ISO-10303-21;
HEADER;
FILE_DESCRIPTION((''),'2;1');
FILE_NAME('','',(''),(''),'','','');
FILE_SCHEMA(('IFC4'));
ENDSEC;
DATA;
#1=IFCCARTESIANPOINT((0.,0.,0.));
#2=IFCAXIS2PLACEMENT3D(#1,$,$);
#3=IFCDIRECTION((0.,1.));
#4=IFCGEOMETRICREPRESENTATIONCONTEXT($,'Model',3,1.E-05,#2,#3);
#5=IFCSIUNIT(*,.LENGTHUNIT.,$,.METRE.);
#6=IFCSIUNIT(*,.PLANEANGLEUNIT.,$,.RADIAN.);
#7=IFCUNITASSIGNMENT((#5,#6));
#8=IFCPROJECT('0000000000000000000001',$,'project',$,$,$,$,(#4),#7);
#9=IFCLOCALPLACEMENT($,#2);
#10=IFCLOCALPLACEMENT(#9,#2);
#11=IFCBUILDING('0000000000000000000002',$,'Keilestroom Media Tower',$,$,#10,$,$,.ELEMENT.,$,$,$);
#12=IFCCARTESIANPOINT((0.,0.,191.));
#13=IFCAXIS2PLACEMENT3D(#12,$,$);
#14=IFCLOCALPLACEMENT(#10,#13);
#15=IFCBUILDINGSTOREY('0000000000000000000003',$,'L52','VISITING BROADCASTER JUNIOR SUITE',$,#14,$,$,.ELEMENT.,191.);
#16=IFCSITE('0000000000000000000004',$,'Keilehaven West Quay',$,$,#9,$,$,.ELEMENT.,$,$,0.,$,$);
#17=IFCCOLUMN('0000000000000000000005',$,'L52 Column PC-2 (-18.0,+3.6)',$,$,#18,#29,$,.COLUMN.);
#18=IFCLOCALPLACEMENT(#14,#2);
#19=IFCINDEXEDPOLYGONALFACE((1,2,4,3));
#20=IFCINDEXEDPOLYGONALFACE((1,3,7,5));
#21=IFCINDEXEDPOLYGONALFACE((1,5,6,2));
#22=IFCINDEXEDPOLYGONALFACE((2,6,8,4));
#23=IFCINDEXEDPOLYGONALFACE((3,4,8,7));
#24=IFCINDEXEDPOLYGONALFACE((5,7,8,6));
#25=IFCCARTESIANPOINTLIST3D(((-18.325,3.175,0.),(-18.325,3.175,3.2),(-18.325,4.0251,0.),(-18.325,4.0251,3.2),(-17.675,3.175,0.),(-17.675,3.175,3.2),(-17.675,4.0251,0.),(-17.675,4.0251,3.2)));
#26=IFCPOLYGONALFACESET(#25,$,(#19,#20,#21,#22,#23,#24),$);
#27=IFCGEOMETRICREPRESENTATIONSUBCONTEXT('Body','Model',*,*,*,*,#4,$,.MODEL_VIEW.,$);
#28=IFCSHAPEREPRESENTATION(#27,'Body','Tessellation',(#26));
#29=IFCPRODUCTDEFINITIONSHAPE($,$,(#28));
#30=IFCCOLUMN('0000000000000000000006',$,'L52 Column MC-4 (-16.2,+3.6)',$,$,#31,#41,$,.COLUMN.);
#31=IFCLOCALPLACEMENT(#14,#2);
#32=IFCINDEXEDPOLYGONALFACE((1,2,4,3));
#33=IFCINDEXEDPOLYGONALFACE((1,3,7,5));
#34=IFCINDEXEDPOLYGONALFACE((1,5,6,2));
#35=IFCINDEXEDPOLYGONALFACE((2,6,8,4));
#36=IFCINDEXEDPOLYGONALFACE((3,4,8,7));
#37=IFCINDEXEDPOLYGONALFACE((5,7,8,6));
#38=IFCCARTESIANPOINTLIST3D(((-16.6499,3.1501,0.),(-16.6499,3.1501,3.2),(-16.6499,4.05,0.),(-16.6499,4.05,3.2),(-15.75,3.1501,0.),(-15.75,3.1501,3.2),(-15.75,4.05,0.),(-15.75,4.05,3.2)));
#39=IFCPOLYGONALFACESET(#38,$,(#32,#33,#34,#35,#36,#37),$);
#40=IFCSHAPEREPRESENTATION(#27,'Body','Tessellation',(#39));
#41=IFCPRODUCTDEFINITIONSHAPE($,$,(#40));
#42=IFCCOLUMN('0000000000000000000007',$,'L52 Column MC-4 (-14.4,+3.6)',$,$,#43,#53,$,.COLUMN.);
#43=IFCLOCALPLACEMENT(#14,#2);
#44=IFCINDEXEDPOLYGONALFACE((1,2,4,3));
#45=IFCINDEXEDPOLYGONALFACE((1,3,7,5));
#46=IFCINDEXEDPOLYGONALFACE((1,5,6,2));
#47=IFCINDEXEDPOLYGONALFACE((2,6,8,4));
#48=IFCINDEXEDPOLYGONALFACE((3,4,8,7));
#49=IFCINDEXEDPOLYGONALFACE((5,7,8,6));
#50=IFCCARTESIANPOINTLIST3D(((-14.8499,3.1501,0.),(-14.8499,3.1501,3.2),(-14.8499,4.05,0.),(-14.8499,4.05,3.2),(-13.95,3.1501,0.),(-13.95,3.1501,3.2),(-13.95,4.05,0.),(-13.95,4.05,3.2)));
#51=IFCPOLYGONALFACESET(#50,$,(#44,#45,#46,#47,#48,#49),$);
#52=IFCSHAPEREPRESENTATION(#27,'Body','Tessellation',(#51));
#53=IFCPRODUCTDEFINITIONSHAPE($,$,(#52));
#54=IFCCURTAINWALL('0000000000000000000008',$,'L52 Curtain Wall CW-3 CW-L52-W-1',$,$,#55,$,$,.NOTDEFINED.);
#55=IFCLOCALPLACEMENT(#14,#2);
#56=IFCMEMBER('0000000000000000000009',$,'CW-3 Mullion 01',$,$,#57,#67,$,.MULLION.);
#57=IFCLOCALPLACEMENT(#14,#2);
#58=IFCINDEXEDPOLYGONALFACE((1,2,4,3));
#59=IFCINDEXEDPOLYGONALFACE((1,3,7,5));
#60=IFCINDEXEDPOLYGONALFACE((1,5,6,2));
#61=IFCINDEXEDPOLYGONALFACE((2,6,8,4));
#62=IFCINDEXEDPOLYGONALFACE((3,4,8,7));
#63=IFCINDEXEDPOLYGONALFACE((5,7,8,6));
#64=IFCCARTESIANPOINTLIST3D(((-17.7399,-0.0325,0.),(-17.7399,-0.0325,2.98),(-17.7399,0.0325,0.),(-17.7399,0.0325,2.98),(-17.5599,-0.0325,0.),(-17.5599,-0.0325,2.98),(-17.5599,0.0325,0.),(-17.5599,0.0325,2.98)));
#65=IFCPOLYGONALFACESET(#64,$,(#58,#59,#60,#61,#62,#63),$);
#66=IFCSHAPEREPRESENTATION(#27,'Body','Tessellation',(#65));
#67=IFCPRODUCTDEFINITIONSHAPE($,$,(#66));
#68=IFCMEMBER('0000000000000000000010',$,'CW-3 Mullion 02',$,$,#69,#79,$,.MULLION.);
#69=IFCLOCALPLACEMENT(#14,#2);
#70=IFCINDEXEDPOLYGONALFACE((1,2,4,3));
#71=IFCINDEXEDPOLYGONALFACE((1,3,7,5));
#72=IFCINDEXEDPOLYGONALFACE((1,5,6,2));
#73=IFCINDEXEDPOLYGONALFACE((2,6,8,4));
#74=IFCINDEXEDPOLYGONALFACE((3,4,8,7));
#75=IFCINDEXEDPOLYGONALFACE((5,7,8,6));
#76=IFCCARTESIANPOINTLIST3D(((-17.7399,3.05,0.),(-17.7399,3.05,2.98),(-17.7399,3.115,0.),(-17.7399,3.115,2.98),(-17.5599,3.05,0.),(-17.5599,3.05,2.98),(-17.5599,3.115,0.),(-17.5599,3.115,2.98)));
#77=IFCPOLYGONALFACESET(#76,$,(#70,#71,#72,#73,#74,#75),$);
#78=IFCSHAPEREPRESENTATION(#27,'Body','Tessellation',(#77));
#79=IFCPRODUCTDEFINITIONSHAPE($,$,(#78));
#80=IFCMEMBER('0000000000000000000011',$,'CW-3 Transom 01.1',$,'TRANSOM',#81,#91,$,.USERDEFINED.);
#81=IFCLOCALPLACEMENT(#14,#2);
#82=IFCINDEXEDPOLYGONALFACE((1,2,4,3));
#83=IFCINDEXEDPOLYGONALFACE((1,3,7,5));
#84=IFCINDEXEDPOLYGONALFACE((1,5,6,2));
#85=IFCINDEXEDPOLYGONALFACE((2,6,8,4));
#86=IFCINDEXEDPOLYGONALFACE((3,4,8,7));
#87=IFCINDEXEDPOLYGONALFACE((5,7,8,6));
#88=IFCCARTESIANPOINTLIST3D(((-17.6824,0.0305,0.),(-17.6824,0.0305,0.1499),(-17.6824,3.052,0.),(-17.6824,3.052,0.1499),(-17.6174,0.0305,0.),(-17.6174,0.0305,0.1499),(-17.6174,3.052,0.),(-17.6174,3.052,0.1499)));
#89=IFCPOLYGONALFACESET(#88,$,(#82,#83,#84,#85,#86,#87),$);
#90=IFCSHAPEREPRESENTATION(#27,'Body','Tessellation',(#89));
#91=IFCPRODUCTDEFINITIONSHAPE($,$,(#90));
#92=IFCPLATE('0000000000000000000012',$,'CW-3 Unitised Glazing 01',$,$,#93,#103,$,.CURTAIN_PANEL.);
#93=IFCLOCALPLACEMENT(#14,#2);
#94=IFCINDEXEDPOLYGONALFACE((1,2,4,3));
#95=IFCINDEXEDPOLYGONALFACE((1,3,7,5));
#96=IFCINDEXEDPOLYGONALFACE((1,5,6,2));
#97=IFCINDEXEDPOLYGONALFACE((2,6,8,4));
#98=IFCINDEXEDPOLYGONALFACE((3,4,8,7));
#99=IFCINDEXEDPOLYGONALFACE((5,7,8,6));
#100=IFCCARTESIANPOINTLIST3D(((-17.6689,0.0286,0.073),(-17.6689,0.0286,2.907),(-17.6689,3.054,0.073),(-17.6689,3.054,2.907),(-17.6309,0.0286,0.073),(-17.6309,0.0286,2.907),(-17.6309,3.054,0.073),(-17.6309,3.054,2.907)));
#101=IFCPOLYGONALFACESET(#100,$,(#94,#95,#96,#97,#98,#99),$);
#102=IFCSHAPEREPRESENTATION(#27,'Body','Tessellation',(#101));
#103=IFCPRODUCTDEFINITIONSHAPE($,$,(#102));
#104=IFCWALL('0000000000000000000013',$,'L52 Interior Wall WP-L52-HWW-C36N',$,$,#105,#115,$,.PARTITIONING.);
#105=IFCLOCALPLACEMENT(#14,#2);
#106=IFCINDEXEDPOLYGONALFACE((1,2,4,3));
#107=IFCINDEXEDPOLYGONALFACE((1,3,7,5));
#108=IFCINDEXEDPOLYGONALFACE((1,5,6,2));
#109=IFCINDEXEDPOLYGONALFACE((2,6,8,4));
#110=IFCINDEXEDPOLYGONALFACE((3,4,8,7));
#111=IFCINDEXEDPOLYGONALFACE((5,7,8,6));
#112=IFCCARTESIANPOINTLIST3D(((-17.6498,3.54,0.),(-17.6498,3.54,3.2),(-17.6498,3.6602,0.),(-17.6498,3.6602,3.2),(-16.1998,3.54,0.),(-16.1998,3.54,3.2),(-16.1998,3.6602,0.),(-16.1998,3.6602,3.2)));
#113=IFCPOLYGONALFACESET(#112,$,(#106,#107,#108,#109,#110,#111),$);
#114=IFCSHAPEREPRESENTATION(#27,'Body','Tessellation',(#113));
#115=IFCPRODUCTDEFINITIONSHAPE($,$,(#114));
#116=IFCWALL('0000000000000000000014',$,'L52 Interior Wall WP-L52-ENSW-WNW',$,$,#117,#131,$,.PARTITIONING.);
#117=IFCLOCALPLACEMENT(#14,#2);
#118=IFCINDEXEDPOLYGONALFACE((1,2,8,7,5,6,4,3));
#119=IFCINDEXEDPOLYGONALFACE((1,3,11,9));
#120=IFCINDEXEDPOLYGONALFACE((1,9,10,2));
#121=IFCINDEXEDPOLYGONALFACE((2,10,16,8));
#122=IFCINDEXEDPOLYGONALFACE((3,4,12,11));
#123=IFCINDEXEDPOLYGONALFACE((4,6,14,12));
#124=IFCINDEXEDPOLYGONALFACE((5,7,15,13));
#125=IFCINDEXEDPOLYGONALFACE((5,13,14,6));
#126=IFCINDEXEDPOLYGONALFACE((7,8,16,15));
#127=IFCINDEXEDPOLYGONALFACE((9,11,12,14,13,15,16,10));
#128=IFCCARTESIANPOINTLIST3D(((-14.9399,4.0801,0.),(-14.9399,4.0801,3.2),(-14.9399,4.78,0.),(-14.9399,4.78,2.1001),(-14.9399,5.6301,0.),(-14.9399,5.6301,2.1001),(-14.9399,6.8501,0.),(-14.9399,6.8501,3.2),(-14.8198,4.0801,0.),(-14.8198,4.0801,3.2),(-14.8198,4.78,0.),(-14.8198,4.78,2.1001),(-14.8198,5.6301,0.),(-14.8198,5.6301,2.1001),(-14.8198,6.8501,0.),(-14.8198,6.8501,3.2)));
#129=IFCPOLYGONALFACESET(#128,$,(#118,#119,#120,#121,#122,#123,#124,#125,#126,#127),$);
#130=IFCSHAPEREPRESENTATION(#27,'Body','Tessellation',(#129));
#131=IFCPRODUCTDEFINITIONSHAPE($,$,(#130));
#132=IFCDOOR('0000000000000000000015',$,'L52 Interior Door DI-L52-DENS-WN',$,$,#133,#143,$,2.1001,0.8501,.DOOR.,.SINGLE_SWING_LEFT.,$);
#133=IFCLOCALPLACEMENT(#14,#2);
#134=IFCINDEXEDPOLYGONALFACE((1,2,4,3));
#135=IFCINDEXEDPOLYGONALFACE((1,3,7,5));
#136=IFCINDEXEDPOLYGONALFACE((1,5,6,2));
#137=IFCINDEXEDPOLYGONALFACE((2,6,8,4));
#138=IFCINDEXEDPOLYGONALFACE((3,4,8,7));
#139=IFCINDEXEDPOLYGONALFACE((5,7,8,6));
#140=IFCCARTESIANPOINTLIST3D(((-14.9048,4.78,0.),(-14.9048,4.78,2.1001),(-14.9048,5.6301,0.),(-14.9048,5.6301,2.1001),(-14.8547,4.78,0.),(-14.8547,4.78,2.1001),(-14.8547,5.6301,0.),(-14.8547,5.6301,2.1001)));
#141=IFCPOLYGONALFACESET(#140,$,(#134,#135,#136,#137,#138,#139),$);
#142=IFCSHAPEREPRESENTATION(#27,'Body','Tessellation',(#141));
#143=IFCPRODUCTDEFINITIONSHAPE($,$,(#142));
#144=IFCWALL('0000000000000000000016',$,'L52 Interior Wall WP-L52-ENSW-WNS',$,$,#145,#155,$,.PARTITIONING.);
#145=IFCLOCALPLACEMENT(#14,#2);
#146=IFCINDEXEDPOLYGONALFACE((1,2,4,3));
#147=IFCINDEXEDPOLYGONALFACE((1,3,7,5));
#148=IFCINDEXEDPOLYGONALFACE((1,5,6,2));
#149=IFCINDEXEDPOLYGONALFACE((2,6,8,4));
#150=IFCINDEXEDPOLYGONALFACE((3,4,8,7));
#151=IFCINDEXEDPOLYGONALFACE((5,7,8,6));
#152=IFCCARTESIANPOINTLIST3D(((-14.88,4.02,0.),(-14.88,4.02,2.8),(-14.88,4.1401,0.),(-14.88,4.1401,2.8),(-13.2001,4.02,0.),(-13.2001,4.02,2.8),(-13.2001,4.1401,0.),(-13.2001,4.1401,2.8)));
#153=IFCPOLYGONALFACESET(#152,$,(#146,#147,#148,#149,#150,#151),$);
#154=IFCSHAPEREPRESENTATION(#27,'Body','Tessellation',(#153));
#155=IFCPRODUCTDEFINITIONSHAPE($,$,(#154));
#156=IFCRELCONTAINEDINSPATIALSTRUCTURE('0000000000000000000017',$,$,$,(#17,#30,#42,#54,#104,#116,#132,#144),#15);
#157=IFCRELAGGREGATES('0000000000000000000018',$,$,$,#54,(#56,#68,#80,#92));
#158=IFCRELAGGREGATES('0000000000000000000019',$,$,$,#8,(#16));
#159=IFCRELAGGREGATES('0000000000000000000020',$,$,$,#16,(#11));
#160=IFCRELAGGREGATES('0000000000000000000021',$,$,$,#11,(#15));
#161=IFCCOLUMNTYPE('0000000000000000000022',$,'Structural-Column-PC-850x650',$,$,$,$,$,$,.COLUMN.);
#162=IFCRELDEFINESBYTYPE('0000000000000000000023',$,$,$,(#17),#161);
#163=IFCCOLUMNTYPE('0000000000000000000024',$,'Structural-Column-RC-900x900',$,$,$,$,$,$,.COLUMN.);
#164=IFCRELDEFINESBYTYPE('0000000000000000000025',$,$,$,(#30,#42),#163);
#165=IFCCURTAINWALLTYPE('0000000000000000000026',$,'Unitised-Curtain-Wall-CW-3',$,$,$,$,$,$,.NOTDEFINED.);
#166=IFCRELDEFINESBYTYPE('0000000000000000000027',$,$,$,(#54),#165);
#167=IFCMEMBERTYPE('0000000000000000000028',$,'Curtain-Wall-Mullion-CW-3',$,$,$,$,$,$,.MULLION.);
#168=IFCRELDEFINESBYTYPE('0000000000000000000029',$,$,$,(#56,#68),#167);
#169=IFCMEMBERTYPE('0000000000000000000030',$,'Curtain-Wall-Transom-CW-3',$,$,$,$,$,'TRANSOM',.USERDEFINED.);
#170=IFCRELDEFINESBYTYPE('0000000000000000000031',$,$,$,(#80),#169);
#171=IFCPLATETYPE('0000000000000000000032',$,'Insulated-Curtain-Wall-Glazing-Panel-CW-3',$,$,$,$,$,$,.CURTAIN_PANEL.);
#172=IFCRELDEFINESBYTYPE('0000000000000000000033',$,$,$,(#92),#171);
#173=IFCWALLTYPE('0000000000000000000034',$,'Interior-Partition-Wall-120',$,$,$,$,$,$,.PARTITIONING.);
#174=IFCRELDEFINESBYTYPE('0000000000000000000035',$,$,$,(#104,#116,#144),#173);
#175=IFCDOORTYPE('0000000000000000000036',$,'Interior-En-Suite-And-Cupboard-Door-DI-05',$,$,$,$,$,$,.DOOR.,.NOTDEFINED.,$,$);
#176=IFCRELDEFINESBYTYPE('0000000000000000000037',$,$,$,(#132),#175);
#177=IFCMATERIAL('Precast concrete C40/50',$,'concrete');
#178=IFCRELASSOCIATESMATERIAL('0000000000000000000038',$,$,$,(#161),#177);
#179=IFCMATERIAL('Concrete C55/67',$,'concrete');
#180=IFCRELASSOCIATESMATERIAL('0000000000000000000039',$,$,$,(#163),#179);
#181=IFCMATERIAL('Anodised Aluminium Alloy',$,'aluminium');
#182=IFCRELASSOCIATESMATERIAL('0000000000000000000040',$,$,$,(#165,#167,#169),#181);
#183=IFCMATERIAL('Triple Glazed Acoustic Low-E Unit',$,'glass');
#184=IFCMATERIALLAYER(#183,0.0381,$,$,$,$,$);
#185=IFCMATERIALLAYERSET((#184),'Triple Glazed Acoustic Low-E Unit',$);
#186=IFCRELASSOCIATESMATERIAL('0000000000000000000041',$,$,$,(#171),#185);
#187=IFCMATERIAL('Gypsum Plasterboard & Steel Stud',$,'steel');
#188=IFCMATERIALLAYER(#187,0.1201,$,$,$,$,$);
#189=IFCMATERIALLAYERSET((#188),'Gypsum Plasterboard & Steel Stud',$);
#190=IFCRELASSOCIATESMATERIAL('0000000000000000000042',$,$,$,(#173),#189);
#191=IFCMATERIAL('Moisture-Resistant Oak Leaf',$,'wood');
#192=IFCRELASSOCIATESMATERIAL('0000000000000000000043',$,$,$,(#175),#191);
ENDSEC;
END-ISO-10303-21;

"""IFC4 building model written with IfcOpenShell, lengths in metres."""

from ifc_helpers import new_model, si_unit, direction, frame, frame_2d, origin, origin_2d, place, context, subcontext, project, spatial, rectangle, extrude, source, transform, mapped, material, layer, layer_set, material_profile, profile_set, type_object, element, fill, aggregate, save


model = new_model("IFC4")

# Units and contexts
model_context = context("Model", 3, precision=1e-05, world=origin(), true_north=direction((0.0, 1.0)))
body_context = subcontext(model_context, "Body", "Model", "MODEL_VIEW")
ifc_project = project(units=[si_unit("LENGTHUNIT", "METRE"), si_unit("PLANEANGLEUNIT", "RADIAN")], contexts=[model_context])

# Site, building, storey
site_placement = place(None, origin())
site = spatial("IfcSite", under=ifc_project, at=site_placement, Name="Keilehaven West Quay", CompositionType="ELEMENT", RefElevation=0.0)
building_placement = place(site_placement, origin())
building = spatial("IfcBuilding", under=site, at=building_placement, Name="Keilestroom Media Tower", CompositionType="ELEMENT")
storey_placement = place(building_placement, frame((0.0, 0.0, 191.0)))
storey = spatial("IfcBuildingStorey", under=building, at=storey_placement, Name="L52", Description="VISITING BROADCASTER JUNIOR SUITE", CompositionType="ELEMENT", Elevation=191.0)

# Columns
ifc_material_1 = material(Name="Precast concrete C40/50", Category="concrete")
ifc_material_profile_1 = material_profile(ifc_material_1, rectangle(XDim=0.6499, YDim=0.8501, at=origin_2d()), Name="PC 850x650")
ifc_profile_set_1 = profile_set([ifc_material_profile_1], Name="Precast concrete C40/50")
column_type_1 = type_object("IfcColumnType", Name="Structural-Column-PC-850x650", PredefinedType="COLUMN", material=ifc_profile_set_1)
shared_shape_1 = source(origin(), body_context, "Body", "SweptSolid", [
    extrude(rectangle(XDim=0.6499, YDim=0.8501, at=origin_2d()), origin(), (0.0, 0.0, 1.0), 3.2),
])
column_placement = place(storey_placement, frame((-18.0, 3.6001, 0.0), z_axis=(0.0, 0.0, 1.0), x_axis=(1.0, 0.0, 0.0)))
element("IfcColumn", 1, at=column_placement, inside=storey, type_object=column_type_1, Name="L52 Column PC-2 (-18.0,+3.6)", PredefinedType="COLUMN", context=body_context, shape_type="MappedRepresentation", body=[
    mapped(shared_shape_1, transform((0.0, 0.0, 0.0), x_axis=(1.0, 0.0, 0.0), y_axis=(0.0, 1.0, 0.0), z_axis=(0.0, 0.0, 1.0), scale=1.0)),
])
ifc_material_2 = material(Name="Concrete C55/67", Category="concrete")
ifc_material_profile_2 = material_profile(ifc_material_2, rectangle(XDim=0.8999, YDim=0.8999, at=origin_2d()), Name="RC 900x900")
ifc_profile_set_2 = profile_set([ifc_material_profile_2], Name="Concrete C55/67")
column_type_2 = type_object("IfcColumnType", Name="Structural-Column-RC-900x900", PredefinedType="COLUMN", material=ifc_profile_set_2)
shared_shape_2 = source(origin(), body_context, "Body", "SweptSolid", [
    extrude(rectangle(XDim=0.8999, YDim=0.8999, at=origin_2d()), origin(), (0.0, 0.0, 1.0), 3.2),
])
for number, where, z_axis, x_axis, name in (
    (2, (-16.2, 3.6001, 0.0), (0.0, 0.0, 1.0), (1.0, 0.0, 0.0), "L52 Column MC-4 (-16.2,+3.6)"),
    (3, (-14.3999, 3.6001, 0.0), (0.0, 0.0, 1.0), (1.0, 0.0, 0.0), "L52 Column MC-4 (-14.4,+3.6)"),
):
    element("IfcColumn", number, at=place(storey_placement, frame(where, z_axis=z_axis, x_axis=x_axis)), inside=storey, type_object=column_type_2, Name=name, PredefinedType="COLUMN", context=body_context, shape_type="MappedRepresentation", body=[
        mapped(shared_shape_2, transform((0.0, 0.0, 0.0), x_axis=(1.0, 0.0, 0.0), y_axis=(0.0, 1.0, 0.0), z_axis=(0.0, 0.0, 1.0), scale=1.0)),
    ])

# Curtain wall, members, plate
ifc_material_3 = material(Name="Anodised Aluminium Alloy", Category="aluminium")
curtain_wall_type = type_object("IfcCurtainWallType", Name="Unitised-Curtain-Wall-CW-3", PredefinedType="NOTDEFINED", material=ifc_material_3)
curtain_wall_placement = place(storey_placement, origin())
curtain_wall = element("IfcCurtainWall", 4, at=curtain_wall_placement, inside=storey, type_object=curtain_wall_type, Name="L52 Curtain Wall CW-3 CW-L52-W-1", PredefinedType="NOTDEFINED")
ifc_material_profile_3 = material_profile(ifc_material_3, rectangle(XDim=0.0649, YDim=0.1799, at=origin_2d()), Name="ALU MULLION 65x180")
ifc_profile_set_3 = profile_set([ifc_material_profile_3], Name="Anodised Aluminium Alloy")
member_type_1 = type_object("IfcMemberType", Name="Curtain-Wall-Mullion-CW-3", PredefinedType="MULLION", material=ifc_profile_set_3)
shared_shape_3 = source(origin(), body_context, "Body", "SweptSolid", [
    extrude(rectangle(XDim=0.0649, YDim=0.1799, at=origin_2d()), origin(), (0.0, 0.0, 1.0), 2.98),
])
member_1_placement = place(storey_placement, frame((-17.6499, 0.0, 0.0), z_axis=(0.0, 0.0, 1.0), x_axis=(0.0, 1.0, 0.0)))
member_1 = element("IfcMember", 5, at=member_1_placement, type_object=member_type_1, Name="CW-3 Mullion 01", PredefinedType="MULLION", context=body_context, shape_type="MappedRepresentation", body=[
    mapped(shared_shape_3, transform((0.0, 0.0, 0.0), x_axis=(1.0, 0.0, 0.0), y_axis=(0.0, 1.0, 0.0), z_axis=(0.0, 0.0, 1.0), scale=1.0)),
])
member_2_placement = place(storey_placement, frame((-17.6499, 3.0825, 0.0), z_axis=(0.0, 0.0, 1.0), x_axis=(0.0, 1.0, 0.0)))
member_2 = element("IfcMember", 6, at=member_2_placement, type_object=member_type_1, Name="CW-3 Mullion 02", PredefinedType="MULLION", context=body_context, shape_type="MappedRepresentation", body=[
    mapped(shared_shape_3, transform((0.0, 0.0, 0.0), x_axis=(1.0, 0.0, 0.0), y_axis=(0.0, 1.0, 0.0), z_axis=(0.0, 0.0, 1.0), scale=1.0)),
])
ifc_material_profile_4 = material_profile(ifc_material_3, rectangle(XDim=0.0649, YDim=0.1499, at=origin_2d()), Name="ALU TRANSOM 65x150")
ifc_profile_set_4 = profile_set([ifc_material_profile_4], Name="Anodised Aluminium Alloy")
member_type_2 = type_object("IfcMemberType", Name="Curtain-Wall-Transom-CW-3", ElementType="TRANSOM", PredefinedType="USERDEFINED", material=ifc_profile_set_4)
shared_shape_4 = source(origin(), body_context, "Body", "SweptSolid", [
    extrude(rectangle(XDim=0.0649, YDim=0.1499, at=origin_2d()), origin(), (0.0, 0.0, 1.0), 3.0215),
])
member_3_placement = place(storey_placement, frame((-17.6499, 0.0305, 0.075), z_axis=(0.0, 1.0, 0.0), x_axis=(-1.0, 0.0, 0.0)))
member_3 = element("IfcMember", 7, at=member_3_placement, type_object=member_type_2, Name="CW-3 Transom 01.1", ObjectType="TRANSOM", PredefinedType="USERDEFINED", context=body_context, shape_type="MappedRepresentation", body=[
    mapped(shared_shape_4, transform((0.0, 0.0, 0.0), x_axis=(1.0, 0.0, 0.0), y_axis=(0.0, 1.0, 0.0), z_axis=(0.0, 0.0, 1.0), scale=1.0)),
])
ifc_material_4 = material(Name="Triple Glazed Acoustic Low-E Unit", Category="glass")
ifc_layer_1 = layer(ifc_material_4, 0.0381)
ifc_layer_set_1 = layer_set([ifc_layer_1], Name="Triple Glazed Acoustic Low-E Unit")
plate_type = type_object("IfcPlateType", Name="Insulated-Curtain-Wall-Glazing-Panel-CW-3", PredefinedType="CURTAIN_PANEL", material=ifc_layer_set_1)
shared_shape_5 = source(origin(), body_context, "Body", "SweptSolid", [
    extrude(rectangle(XDim=3.0254, YDim=0.0381, at=origin_2d()), origin(), (0.0, 0.0, 1.0), 2.834),
])
plate_placement = place(storey_placement, frame((-17.6499, 1.5413, 0.073), z_axis=(0.0, 0.0, 1.0), x_axis=(0.0, 1.0, 0.0)))
plate = element("IfcPlate", 8, at=plate_placement, type_object=plate_type, Name="CW-3 Unitised Glazing 01", PredefinedType="CURTAIN_PANEL", context=body_context, shape_type="MappedRepresentation", body=[
    mapped(shared_shape_5, transform((0.0, 0.0, 0.0), x_axis=(1.0, 0.0, 0.0), y_axis=(0.0, 1.0, 0.0), z_axis=(0.0, 0.0, 1.0), scale=1.0)),
])
aggregate(curtain_wall, [member_1, member_2, member_3, plate])

# Wall
ifc_material_5 = material(Name="Gypsum Plasterboard & Steel Stud", Category="steel")
ifc_layer_2 = layer(ifc_material_5, 0.1201)
ifc_layer_set_2 = layer_set([ifc_layer_2], Name="Gypsum Plasterboard & Steel Stud")
wall_type_1 = type_object("IfcWallType", Name="Interior-Partition-Wall-120", PredefinedType="PARTITIONING", material=ifc_layer_set_2)
wall_1_placement = place(storey_placement, frame((-17.6499, 3.6001, 0.0), z_axis=(0.0, 0.0, 1.0), x_axis=(1.0, 0.0, 0.0)))
element("IfcWall", 9, at=wall_1_placement, inside=storey, type_object=wall_type_1, Name="L52 Interior Wall WP-L52-HWW-C36N", PredefinedType="PARTITIONING", context=body_context, shape_type="SweptSolid", body=[
    extrude(rectangle(XDim=1.45, YDim=0.1201, at=frame_2d((0.7251, 0.0))), origin(), (0.0, 0.0, 1.0), 3.2),
])

# Wall, opening, door
wall_2_placement = place(storey_placement, frame((-14.8799, 4.0801, 0.0), z_axis=(0.0, 0.0, 1.0), x_axis=(0.0, 1.0, 0.0)))
wall_2 = element("IfcWall", 10, at=wall_2_placement, inside=storey, type_object=wall_type_1, Name="L52 Interior Wall WP-L52-ENSW-WNW", PredefinedType="PARTITIONING", context=body_context, shape_type="SweptSolid", body=[
    extrude(rectangle(XDim=2.77, YDim=0.1201, at=frame_2d((1.385, 0.0))), origin(), (0.0, 0.0, 1.0), 3.2),
])
opening_1_placement = place(wall_2_placement, frame((0.7, 0.0, 0.0)))
opening_1 = element("IfcOpeningElement", 11, at=opening_1_placement, cuts=wall_2, PredefinedType="OPENING", context=body_context, shape_type="SweptSolid", body=[
    extrude(rectangle(XDim=0.8501, YDim=2.1001, at=frame_2d((0.425, 1.05))), frame((0.0, 0.0701, 0.0), z_axis=(0.0, -1.0, 0.0), x_axis=(1.0, 0.0, 0.0)), (0.0, 0.0, 1.0), 0.1401),
])
ifc_material_6 = material(Name="Moisture-Resistant Oak Leaf", Category="wood")
door_type = type_object("IfcDoorType", Name="Interior-En-Suite-And-Cupboard-Door-DI-05", OperationType="NOTDEFINED", PredefinedType="DOOR", material=ifc_material_6)
shared_shape_6 = source(origin(), body_context, "Body", "SweptSolid", [
    extrude(rectangle(XDim=0.8501, YDim=2.1001, at=frame_2d((0.425, 1.05))), frame((0.0, 0.0249, 0.0), z_axis=(0.0, -1.0, 0.0), x_axis=(1.0, 0.0, 0.0)), (0.0, 0.0, 1.0), 0.05),
])
door_1_placement = place(opening_1_placement, origin())
door_1 = element("IfcDoor", 12, at=door_1_placement, inside=storey, type_object=door_type, Name="L52 Interior Door DI-L52-DENS-WN", OperationType="SINGLE_SWING_LEFT", OverallHeight=2.1001, OverallWidth=0.8501, PredefinedType="DOOR", context=body_context, shape_type="MappedRepresentation", body=[
    mapped(shared_shape_6, transform((0.0, 0.0, 0.0), x_axis=(1.0, 0.0, 0.0), y_axis=(0.0, 1.0, 0.0), z_axis=(0.0, 0.0, 1.0), scale=1.0)),
])
fill(opening_1, door_1)

# Wall
wall_3_placement = place(storey_placement, frame((-14.8799, 4.0801, 0.0), z_axis=(0.0, 0.0, 1.0), x_axis=(1.0, 0.0, 0.0)))
element("IfcWall", 13, at=wall_3_placement, inside=storey, type_object=wall_type_1, Name="L52 Interior Wall WP-L52-ENSW-WNS", PredefinedType="PARTITIONING", context=body_context, shape_type="SweptSolid", body=[
    extrude(rectangle(XDim=1.6799, YDim=0.1201, at=frame_2d((0.8398, 0.0))), origin(), (0.0, 0.0, 1.0), 2.8),
])

save(model, "model.ifc")
